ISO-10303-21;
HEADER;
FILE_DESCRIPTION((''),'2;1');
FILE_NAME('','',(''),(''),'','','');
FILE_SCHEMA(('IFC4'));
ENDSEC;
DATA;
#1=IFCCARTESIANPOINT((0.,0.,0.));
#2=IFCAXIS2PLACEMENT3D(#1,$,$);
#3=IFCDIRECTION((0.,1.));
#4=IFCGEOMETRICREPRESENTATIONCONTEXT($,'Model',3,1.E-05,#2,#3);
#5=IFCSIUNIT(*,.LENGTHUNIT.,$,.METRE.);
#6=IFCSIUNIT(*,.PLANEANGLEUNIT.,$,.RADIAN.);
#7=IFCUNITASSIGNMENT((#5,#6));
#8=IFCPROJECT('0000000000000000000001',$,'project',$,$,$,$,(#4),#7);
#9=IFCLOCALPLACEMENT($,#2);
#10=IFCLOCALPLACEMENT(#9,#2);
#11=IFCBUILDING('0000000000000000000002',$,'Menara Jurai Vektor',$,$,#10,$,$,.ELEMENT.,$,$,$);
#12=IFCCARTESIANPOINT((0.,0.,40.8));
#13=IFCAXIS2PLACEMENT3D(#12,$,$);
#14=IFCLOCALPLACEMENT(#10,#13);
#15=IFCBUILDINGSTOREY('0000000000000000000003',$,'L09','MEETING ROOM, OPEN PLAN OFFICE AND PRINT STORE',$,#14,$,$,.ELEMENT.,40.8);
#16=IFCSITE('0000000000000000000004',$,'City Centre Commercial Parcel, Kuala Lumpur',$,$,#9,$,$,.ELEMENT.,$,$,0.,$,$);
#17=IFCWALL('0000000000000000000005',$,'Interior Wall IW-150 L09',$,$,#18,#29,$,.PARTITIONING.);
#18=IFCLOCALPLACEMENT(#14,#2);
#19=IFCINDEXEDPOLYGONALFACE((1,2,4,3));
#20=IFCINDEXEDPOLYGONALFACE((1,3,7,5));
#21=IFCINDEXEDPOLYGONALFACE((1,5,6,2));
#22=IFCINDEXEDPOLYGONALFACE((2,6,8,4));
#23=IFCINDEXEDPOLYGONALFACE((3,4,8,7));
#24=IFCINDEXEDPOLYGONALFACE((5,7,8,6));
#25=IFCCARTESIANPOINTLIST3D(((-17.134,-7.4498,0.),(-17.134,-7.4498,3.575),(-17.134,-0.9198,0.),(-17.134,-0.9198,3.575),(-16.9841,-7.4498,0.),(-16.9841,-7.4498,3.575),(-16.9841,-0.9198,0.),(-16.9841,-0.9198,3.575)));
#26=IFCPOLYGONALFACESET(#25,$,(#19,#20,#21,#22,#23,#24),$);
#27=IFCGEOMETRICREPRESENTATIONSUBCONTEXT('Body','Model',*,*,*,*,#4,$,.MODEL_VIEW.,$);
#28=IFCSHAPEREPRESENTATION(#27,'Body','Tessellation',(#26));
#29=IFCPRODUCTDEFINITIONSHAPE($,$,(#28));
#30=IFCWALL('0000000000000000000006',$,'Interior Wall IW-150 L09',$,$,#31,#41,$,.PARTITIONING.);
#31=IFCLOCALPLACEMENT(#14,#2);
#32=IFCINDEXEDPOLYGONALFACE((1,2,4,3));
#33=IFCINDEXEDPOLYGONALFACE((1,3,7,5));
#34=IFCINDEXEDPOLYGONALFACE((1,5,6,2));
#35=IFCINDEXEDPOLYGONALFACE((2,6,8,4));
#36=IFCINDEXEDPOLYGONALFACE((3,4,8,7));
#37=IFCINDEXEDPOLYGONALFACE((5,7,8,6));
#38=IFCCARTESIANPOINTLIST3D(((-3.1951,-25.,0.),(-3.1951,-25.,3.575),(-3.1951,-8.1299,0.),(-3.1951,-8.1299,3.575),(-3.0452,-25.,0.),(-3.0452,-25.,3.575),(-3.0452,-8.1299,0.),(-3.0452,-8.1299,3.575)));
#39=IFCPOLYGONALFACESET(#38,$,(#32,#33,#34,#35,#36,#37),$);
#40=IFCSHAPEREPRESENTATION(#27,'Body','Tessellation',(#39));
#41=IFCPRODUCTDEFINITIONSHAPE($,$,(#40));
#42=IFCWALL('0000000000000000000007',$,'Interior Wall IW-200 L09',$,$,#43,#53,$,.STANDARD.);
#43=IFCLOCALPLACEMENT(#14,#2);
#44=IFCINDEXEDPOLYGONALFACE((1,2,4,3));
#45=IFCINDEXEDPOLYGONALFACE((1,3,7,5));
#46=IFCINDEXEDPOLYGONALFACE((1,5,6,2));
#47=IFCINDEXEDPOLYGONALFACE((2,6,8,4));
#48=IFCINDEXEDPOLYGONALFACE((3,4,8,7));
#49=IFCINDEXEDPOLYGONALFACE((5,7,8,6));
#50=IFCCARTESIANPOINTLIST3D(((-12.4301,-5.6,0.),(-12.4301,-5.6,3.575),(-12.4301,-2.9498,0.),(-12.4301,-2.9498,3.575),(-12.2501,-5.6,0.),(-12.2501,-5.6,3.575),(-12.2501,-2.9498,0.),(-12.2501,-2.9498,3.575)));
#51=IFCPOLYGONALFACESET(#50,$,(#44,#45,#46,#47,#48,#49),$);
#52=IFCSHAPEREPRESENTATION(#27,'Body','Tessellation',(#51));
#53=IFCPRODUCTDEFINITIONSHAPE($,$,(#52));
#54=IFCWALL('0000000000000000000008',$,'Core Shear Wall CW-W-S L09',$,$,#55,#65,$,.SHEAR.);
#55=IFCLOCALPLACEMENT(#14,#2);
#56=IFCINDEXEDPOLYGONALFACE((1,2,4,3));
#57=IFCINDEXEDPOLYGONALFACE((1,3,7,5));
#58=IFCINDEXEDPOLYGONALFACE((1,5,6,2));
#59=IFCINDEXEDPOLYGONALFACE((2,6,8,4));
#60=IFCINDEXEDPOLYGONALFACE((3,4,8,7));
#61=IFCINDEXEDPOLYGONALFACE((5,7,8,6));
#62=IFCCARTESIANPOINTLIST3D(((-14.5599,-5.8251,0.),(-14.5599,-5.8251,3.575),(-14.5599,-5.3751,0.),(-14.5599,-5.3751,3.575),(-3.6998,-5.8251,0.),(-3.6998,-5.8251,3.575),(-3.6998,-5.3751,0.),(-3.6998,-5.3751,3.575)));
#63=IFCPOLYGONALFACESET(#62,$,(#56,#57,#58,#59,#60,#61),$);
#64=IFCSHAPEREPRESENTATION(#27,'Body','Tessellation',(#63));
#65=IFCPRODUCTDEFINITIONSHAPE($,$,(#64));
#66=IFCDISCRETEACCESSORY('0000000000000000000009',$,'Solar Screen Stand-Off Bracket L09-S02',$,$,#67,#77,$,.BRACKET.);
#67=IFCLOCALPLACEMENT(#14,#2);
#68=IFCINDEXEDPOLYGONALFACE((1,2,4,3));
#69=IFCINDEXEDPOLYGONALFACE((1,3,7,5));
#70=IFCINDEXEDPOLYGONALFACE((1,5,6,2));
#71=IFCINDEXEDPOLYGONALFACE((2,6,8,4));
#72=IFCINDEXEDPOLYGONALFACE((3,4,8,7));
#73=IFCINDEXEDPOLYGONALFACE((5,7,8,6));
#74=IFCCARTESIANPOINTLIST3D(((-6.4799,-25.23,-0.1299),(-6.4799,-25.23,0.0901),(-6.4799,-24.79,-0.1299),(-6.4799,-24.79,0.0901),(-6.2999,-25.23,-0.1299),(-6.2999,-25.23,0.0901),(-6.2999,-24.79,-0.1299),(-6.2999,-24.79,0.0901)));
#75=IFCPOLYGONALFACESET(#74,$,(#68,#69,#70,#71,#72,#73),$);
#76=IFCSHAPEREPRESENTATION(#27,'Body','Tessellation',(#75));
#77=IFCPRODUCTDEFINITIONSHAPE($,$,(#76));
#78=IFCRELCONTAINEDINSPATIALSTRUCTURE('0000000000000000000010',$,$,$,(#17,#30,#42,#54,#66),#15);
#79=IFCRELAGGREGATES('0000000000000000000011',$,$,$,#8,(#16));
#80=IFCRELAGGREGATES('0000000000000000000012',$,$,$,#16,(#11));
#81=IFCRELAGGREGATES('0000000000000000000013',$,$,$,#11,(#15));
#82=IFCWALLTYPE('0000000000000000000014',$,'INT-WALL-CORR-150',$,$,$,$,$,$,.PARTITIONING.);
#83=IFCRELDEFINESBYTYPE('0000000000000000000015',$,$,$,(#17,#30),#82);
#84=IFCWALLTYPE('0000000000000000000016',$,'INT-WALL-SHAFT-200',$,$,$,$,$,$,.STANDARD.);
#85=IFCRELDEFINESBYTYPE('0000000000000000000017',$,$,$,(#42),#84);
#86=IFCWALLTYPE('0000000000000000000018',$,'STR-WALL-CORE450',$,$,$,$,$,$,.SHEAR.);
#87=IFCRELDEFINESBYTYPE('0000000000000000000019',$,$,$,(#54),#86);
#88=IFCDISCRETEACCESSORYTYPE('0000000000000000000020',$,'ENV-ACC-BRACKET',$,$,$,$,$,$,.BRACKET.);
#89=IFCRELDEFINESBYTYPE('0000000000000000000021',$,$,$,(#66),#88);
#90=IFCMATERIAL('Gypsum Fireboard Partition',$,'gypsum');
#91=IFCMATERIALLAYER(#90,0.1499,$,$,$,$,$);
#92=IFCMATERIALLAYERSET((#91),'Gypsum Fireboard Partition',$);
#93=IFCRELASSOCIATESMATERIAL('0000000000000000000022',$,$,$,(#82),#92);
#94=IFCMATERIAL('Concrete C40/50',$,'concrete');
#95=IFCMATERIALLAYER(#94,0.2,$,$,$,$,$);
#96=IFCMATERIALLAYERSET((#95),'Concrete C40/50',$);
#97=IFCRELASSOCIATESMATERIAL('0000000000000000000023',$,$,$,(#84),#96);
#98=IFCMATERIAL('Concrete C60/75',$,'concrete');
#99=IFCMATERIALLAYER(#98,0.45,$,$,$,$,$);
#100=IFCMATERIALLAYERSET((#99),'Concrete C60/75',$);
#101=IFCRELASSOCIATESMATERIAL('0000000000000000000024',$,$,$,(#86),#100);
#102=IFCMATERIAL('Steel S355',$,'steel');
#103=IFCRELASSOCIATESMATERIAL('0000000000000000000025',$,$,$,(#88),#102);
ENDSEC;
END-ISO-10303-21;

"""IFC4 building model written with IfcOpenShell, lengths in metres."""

from ifc_helpers import new_model, si_unit, direction, frame, frame_2d, origin, origin_2d, place, context, subcontext, project, spatial, rectangle, extrude, material, layer, layer_set, type_object, element, save


model = new_model("IFC4")

# Units and contexts
model_context = context("Model", 3, precision=1e-05, world=origin(), true_north=direction((0.0, 1.0)))
body_context = subcontext(model_context, "Body", "Model", "MODEL_VIEW")
ifc_project = project(units=[si_unit("LENGTHUNIT", "METRE"), si_unit("PLANEANGLEUNIT", "RADIAN")], contexts=[model_context])

# Site, building, storey
site_placement = place(None, origin())
site = spatial("IfcSite", under=ifc_project, at=site_placement, Name="City Centre Commercial Parcel, Kuala Lumpur", CompositionType="ELEMENT", RefElevation=0.0)
building_placement = place(site_placement, origin())
building = spatial("IfcBuilding", under=site, at=building_placement, Name="Menara Jurai Vektor", CompositionType="ELEMENT")
storey_placement = place(building_placement, frame((0.0, 0.0, 40.8)))
storey = spatial("IfcBuildingStorey", under=building, at=storey_placement, Name="L09", Description="MEETING ROOM, OPEN PLAN OFFICE AND PRINT STORE", CompositionType="ELEMENT", Elevation=40.8)

# Shared definitions
ifc_material_1 = material(Name="Concrete C60/75", Category="concrete")

# Shared definitions
ifc_material_2 = material(Name="Steel S355", Category="steel")

# Shared definitions
ifc_material_3 = material(Name="Gypsum Fireboard Partition", Category="gypsum")
ifc_layer_1 = layer(ifc_material_3, 0.1499)
ifc_layer_set_1 = layer_set([ifc_layer_1], Name="Gypsum Fireboard Partition")
wall_type_1 = type_object("IfcWallType", Name="INT-WALL-CORR-150", PredefinedType="PARTITIONING", material=ifc_layer_set_1)

# Walls
wall_1_placement = place(storey_placement, frame((-17.0591, -7.45, 0.0), z_axis=(0.0, 0.0, 1.0), x_axis=(0.0, 1.0, 0.0)))
element("IfcWall", 1, at=wall_1_placement, inside=storey, type_object=wall_type_1, Name="Interior Wall IW-150 L09", PredefinedType="PARTITIONING", context=body_context, shape_type="SweptSolid", body=[
    extrude(rectangle(XDim=6.53, YDim=0.1499, at=frame_2d((3.2651, 0.0))), origin(), (0.0, 0.0, 1.0), 3.575),
])
wall_2_placement = place(storey_placement, frame((-3.1201, -25.0, 0.0), z_axis=(0.0, 0.0, 1.0), x_axis=(0.0, 1.0, 0.0)))
element("IfcWall", 2, at=wall_2_placement, inside=storey, type_object=wall_type_1, Name="Interior Wall IW-150 L09", PredefinedType="PARTITIONING", context=body_context, shape_type="SweptSolid", body=[
    extrude(rectangle(XDim=16.8701, YDim=0.1499, at=frame_2d((8.4351, 0.0))), origin(), (0.0, 0.0, 1.0), 3.575),
])
ifc_material_4 = material(Name="Concrete C40/50", Category="concrete")
ifc_layer_2 = layer(ifc_material_4, 0.2)
ifc_layer_set_2 = layer_set([ifc_layer_2], Name="Concrete C40/50")
wall_type_2 = type_object("IfcWallType", Name="INT-WALL-SHAFT-200", PredefinedType="STANDARD", material=ifc_layer_set_2)
wall_3_placement = place(storey_placement, frame((-12.3401, -5.6001, 0.0), z_axis=(0.0, 0.0, 1.0), x_axis=(0.0, 1.0, 0.0)))
element("IfcWall", 3, at=wall_3_placement, inside=storey, type_object=wall_type_2, Name="Interior Wall IW-200 L09", PredefinedType="STANDARD", context=body_context, shape_type="SweptSolid", body=[
    extrude(rectangle(XDim=2.6501, YDim=0.1799, at=frame_2d((1.3252, 0.0))), origin(), (0.0, 0.0, 1.0), 3.575),
])
ifc_layer_3 = layer(ifc_material_1, 0.45)
ifc_layer_set_3 = layer_set([ifc_layer_3], Name="Concrete C60/75")
wall_type_3 = type_object("IfcWallType", Name="STR-WALL-CORE450", PredefinedType="SHEAR", material=ifc_layer_set_3)
wall_4_placement = place(storey_placement, frame((-14.5601, -5.6001, 0.0), z_axis=(0.0, 0.0, 1.0), x_axis=(1.0, 0.0, 0.0)))
element("IfcWall", 4, at=wall_4_placement, inside=storey, type_object=wall_type_3, Name="Core Shear Wall CW-W-S L09", PredefinedType="SHEAR", context=body_context, shape_type="SweptSolid", body=[
    extrude(rectangle(XDim=10.8601, YDim=0.45, at=frame_2d((5.4302, 0.0))), origin(), (0.0, 0.0, 1.0), 3.575),
])

# Discrete accessory
discrete_accessory_type = type_object("IfcDiscreteAccessoryType", Name="ENV-ACC-BRACKET", PredefinedType="BRACKET", material=ifc_material_2)
discrete_accessory_placement = place(storey_placement, frame((-6.3899, -25.01, -0.1299), z_axis=(0.0, 0.0, 1.0), x_axis=(1.0, 0.0, 0.0)))
element("IfcDiscreteAccessory", 5, at=discrete_accessory_placement, inside=storey, type_object=discrete_accessory_type, Name="Solar Screen Stand-Off Bracket L09-S02", PredefinedType="BRACKET", context=body_context, shape_type="SweptSolid", body=[
    extrude(rectangle(XDim=0.1799, YDim=0.4399, at=origin_2d()), origin(), (0.0, 0.0, 1.0), 0.22),
])

save(model, "model.ifc")
